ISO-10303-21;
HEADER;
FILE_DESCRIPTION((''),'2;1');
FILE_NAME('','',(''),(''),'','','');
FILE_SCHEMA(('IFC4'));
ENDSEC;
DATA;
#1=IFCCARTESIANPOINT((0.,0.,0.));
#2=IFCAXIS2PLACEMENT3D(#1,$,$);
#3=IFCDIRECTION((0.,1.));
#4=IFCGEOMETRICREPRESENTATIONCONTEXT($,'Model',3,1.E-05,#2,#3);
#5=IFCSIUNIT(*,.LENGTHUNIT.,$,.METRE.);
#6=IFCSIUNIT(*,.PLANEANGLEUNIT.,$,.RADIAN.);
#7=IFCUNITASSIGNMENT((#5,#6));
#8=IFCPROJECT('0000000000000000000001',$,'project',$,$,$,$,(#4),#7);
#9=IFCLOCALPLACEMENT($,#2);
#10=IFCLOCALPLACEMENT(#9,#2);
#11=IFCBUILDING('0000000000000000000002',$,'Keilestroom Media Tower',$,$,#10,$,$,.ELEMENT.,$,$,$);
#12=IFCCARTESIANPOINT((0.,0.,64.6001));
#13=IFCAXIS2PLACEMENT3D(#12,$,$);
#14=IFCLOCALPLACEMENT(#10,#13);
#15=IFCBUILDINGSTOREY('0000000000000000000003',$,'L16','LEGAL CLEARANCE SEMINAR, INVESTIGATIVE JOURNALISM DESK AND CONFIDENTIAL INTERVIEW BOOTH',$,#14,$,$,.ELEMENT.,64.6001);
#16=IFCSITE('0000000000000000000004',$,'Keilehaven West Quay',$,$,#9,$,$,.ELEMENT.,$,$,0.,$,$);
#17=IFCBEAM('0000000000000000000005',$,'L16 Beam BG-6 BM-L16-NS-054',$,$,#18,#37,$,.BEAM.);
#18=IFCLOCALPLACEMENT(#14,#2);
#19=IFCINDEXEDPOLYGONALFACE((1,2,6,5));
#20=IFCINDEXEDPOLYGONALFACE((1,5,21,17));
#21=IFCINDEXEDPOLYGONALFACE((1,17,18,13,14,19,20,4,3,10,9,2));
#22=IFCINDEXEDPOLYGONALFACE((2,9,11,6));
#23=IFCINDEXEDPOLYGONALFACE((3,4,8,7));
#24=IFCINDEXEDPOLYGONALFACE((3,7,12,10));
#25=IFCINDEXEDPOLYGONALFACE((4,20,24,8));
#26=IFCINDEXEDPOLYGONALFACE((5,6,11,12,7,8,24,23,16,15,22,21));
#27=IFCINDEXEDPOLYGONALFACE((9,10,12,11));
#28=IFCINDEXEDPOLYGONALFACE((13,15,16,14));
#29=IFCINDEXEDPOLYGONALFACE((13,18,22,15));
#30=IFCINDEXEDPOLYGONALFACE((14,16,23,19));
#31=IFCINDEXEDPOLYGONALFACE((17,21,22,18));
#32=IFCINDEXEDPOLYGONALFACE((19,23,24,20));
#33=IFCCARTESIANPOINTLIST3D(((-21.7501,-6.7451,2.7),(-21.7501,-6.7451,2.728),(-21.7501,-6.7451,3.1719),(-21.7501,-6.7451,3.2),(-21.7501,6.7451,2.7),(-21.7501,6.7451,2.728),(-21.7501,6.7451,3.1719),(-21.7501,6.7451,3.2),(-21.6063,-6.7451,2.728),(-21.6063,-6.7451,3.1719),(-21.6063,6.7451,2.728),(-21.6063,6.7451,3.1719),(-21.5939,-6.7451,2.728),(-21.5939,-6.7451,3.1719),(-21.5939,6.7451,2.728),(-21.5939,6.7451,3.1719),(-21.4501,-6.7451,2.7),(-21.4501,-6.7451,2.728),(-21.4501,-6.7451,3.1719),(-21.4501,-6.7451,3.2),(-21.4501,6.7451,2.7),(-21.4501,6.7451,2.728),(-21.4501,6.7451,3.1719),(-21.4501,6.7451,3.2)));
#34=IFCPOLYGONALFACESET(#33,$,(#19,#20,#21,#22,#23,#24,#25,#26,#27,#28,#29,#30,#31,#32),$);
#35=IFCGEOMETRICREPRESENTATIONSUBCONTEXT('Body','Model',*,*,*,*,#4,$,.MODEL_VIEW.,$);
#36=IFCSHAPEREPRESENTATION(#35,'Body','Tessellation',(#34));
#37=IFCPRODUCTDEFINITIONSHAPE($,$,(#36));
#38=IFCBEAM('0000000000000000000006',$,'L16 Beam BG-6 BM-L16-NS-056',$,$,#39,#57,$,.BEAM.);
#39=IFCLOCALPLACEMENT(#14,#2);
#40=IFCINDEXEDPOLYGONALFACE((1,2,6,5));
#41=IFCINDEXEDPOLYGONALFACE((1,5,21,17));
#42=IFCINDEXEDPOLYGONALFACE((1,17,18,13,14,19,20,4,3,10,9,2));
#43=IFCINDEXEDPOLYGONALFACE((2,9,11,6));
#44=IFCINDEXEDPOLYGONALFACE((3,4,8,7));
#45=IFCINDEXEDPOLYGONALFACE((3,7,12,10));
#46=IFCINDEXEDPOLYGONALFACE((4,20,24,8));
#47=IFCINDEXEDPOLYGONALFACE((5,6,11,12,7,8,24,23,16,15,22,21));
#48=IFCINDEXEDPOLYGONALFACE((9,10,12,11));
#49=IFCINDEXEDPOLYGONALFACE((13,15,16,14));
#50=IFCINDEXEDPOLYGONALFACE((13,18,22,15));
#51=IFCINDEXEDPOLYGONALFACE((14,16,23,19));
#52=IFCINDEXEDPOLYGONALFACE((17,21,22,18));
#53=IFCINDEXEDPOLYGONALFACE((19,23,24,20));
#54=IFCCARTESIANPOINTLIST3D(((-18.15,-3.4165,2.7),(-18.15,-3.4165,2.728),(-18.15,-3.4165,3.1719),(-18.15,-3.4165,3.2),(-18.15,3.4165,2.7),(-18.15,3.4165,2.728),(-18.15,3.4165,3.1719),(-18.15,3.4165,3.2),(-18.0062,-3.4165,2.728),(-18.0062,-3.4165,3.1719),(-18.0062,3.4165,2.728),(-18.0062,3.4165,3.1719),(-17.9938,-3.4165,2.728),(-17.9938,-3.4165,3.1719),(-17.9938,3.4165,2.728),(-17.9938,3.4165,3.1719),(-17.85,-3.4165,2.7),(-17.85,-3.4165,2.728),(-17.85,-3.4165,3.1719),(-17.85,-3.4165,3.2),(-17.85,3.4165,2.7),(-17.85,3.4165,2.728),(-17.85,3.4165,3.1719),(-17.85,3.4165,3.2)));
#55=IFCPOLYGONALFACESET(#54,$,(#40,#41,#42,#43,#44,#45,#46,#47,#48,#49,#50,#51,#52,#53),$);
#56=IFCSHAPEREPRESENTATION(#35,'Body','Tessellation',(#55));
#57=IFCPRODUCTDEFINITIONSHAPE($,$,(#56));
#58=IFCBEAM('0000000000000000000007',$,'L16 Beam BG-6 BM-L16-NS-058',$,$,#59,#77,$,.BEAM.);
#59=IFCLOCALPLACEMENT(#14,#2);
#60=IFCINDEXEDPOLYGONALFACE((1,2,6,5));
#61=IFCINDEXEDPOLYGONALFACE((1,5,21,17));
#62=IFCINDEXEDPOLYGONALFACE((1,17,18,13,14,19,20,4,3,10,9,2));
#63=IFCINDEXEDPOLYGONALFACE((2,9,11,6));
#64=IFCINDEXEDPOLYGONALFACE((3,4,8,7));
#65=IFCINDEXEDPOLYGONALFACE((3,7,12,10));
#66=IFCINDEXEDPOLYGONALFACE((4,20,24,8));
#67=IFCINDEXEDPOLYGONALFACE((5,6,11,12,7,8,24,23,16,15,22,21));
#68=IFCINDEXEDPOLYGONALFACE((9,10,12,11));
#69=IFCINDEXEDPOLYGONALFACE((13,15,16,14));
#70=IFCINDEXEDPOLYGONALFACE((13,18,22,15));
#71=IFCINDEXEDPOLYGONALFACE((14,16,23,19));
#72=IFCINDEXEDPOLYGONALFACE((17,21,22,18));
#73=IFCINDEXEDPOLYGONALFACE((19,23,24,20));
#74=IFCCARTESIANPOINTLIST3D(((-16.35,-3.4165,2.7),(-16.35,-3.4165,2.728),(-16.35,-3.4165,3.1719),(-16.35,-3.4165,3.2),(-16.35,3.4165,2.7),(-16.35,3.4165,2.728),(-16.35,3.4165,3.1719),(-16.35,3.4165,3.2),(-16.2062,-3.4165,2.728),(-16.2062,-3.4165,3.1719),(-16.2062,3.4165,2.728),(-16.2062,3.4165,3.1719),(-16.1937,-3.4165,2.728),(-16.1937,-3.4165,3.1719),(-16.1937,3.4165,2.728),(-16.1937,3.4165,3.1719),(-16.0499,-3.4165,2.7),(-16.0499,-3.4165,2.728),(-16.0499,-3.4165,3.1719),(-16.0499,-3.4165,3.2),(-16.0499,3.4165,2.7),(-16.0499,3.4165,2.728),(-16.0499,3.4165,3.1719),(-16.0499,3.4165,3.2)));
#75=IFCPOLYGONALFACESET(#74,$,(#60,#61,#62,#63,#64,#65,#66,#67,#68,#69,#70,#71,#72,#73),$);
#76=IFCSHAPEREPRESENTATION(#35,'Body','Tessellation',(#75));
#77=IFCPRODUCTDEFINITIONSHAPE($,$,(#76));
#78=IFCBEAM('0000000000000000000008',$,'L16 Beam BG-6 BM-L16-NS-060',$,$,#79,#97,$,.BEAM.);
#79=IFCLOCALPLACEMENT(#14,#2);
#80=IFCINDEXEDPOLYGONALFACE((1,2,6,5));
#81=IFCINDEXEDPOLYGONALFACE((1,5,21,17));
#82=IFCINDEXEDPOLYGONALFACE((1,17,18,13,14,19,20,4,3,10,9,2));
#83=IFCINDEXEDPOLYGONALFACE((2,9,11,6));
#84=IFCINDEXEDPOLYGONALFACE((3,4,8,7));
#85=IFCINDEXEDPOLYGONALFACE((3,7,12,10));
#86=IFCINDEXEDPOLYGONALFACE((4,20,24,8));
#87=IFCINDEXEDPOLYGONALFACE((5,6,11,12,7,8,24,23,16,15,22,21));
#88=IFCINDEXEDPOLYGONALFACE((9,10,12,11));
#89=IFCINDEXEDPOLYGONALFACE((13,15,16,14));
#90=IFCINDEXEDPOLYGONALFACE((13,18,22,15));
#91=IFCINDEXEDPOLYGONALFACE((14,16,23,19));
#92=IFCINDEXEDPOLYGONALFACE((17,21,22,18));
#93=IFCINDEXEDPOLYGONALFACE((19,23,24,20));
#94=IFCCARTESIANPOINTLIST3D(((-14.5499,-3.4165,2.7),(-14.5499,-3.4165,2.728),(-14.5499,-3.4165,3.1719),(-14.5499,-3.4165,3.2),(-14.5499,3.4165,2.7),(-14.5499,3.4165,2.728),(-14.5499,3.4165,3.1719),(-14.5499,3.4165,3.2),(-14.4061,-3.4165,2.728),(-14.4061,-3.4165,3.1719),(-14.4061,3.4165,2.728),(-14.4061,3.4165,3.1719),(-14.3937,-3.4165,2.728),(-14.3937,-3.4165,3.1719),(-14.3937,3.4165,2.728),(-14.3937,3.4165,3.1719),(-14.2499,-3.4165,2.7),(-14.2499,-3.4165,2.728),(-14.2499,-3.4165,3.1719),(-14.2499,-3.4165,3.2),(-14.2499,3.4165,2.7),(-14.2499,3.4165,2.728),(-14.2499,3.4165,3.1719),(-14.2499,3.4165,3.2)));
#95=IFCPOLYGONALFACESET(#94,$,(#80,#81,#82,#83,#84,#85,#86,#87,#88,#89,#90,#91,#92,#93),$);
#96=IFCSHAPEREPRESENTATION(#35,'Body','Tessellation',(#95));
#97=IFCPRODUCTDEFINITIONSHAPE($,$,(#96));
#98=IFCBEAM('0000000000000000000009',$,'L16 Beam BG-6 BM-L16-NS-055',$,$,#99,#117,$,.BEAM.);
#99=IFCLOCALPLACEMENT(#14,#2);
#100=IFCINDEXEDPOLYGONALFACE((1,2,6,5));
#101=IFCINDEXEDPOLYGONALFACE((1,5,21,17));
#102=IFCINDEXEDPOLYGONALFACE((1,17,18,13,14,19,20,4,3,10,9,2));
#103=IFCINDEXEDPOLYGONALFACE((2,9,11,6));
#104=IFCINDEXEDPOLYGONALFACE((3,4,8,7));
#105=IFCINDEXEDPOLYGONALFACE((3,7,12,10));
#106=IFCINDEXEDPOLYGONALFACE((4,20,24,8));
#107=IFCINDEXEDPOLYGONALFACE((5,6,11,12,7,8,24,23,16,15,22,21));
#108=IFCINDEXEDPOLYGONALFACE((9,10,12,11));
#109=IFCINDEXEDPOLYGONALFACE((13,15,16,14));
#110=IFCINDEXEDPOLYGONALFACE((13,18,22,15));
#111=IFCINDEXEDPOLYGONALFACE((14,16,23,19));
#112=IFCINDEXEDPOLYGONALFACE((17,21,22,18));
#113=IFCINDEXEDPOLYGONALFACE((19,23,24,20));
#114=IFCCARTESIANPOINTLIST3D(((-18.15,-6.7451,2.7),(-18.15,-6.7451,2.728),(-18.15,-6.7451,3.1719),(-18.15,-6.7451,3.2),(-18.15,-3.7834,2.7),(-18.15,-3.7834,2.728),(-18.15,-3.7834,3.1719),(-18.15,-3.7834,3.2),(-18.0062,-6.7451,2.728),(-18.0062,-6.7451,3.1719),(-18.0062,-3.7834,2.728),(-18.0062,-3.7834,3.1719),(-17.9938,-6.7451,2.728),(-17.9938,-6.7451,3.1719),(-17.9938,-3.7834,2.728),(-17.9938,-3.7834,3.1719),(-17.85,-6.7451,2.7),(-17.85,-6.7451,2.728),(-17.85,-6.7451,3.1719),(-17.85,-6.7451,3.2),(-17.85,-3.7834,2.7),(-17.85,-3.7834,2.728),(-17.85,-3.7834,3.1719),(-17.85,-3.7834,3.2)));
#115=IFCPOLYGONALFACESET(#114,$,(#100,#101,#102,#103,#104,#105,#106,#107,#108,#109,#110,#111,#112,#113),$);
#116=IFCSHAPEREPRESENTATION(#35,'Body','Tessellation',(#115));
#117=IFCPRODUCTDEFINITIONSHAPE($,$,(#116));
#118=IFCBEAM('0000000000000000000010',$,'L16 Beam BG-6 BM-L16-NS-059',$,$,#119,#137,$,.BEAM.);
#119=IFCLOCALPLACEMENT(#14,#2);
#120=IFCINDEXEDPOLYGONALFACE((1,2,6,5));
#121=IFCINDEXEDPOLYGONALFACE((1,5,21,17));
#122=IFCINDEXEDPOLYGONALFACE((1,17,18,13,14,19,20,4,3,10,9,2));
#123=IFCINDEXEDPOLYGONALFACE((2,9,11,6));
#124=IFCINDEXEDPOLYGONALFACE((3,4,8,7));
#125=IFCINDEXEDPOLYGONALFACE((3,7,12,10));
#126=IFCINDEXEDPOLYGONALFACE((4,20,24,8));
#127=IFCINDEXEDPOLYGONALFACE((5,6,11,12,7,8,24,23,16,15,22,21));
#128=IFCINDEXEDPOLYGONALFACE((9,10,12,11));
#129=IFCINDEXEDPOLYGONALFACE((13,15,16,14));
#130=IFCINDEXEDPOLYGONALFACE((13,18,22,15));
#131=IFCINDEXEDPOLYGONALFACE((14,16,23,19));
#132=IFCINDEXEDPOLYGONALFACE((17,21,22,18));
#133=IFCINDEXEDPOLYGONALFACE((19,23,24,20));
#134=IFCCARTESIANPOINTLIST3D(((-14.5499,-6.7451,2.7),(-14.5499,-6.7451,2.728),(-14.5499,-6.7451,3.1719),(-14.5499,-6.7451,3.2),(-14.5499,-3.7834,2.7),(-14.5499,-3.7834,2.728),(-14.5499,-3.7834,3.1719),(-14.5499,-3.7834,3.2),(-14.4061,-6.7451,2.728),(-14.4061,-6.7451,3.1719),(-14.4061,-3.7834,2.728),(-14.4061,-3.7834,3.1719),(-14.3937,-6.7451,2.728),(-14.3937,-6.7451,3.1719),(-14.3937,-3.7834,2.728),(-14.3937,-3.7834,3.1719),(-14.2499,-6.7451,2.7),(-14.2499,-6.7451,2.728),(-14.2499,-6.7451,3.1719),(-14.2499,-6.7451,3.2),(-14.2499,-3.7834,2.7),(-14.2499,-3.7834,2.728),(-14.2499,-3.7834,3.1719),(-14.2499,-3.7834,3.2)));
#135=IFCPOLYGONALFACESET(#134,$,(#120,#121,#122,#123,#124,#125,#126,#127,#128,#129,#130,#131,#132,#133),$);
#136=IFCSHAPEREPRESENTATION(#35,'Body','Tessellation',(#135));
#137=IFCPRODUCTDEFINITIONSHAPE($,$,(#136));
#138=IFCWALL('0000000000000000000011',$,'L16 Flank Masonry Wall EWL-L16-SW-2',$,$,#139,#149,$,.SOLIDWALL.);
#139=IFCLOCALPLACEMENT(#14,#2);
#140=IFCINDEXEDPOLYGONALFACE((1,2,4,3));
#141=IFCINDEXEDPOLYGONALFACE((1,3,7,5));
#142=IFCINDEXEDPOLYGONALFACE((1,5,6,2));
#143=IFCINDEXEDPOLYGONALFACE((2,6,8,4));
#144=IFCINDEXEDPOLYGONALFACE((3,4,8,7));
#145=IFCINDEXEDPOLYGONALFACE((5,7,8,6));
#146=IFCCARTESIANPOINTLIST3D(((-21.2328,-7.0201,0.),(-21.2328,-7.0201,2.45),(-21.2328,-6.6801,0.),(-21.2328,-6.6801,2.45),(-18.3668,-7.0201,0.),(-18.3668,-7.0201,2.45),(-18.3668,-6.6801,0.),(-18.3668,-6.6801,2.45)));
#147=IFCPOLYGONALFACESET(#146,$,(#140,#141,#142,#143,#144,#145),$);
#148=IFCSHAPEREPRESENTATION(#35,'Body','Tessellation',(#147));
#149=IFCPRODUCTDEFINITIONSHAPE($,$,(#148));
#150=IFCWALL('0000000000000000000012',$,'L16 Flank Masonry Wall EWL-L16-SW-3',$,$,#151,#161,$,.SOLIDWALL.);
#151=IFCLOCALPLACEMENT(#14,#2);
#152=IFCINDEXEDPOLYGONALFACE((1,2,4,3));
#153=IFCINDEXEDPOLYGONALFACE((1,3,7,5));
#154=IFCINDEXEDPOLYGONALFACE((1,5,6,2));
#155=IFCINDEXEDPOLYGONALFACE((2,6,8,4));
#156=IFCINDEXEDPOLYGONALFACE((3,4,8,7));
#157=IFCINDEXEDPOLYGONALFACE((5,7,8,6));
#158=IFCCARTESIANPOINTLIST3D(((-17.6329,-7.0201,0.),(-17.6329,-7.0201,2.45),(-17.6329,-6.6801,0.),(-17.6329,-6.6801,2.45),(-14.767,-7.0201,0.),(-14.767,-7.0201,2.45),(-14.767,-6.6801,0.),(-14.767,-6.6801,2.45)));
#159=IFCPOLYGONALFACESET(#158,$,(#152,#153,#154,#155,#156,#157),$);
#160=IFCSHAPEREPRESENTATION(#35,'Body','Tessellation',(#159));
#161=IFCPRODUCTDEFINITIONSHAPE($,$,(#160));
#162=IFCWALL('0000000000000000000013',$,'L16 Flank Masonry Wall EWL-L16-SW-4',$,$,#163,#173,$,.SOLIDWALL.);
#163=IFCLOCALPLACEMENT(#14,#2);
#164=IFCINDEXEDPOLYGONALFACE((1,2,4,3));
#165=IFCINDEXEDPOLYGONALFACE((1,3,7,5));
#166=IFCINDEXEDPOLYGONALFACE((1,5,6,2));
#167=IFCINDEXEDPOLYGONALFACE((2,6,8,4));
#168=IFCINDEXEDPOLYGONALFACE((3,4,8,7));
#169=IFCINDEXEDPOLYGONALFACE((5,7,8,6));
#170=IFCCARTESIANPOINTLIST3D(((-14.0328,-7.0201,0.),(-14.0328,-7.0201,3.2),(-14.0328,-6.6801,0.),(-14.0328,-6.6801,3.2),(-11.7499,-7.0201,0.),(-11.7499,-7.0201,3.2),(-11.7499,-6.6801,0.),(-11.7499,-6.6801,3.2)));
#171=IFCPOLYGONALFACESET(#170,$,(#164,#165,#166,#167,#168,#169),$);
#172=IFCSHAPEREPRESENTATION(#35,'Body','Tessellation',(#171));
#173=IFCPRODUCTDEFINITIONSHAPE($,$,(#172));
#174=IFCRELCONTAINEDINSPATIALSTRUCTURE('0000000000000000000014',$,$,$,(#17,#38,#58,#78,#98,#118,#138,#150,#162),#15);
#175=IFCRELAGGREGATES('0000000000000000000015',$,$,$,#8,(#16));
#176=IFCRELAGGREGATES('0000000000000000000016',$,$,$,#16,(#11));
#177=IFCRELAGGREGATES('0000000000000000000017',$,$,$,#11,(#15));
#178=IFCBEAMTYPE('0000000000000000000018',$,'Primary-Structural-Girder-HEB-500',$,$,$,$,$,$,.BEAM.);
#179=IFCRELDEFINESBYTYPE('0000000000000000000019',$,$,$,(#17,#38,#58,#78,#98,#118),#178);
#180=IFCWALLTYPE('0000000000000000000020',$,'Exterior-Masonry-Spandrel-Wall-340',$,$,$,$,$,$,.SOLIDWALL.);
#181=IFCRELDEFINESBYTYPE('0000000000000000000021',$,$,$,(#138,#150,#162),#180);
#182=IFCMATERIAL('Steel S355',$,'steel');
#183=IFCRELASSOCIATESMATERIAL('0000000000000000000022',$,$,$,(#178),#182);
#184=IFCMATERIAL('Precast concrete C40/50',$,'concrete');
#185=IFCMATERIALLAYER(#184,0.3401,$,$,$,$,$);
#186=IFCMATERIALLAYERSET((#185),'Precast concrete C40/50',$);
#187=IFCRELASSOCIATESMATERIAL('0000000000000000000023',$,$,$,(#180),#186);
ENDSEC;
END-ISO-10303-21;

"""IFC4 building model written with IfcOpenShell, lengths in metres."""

from ifc_helpers import new_model, si_unit, direction, frame, frame_2d, origin, origin_2d, place, context, subcontext, project, spatial, rectangle, i_section, extrude, source, transform, mapped, material, layer, layer_set, material_profile, profile_set, type_object, element, save


model = new_model("IFC4")

# Units and contexts
model_context = context("Model", 3, precision=1e-05, world=origin(), true_north=direction((0.0, 1.0)))
body_context = subcontext(model_context, "Body", "Model", "MODEL_VIEW")
ifc_project = project(units=[si_unit("LENGTHUNIT", "METRE"), si_unit("PLANEANGLEUNIT", "RADIAN")], contexts=[model_context])

# Site, building, storey
site_placement = place(None, origin())
site = spatial("IfcSite", under=ifc_project, at=site_placement, Name="Keilehaven West Quay", CompositionType="ELEMENT", RefElevation=0.0)
building_placement = place(site_placement, origin())
building = spatial("IfcBuilding", under=site, at=building_placement, Name="Keilestroom Media Tower", CompositionType="ELEMENT")
storey_placement = place(building_placement, frame((0.0, 0.0, 64.6001)))
storey = spatial("IfcBuildingStorey", under=building, at=storey_placement, Name="L16", Description="LEGAL CLEARANCE SEMINAR, INVESTIGATIVE JOURNALISM DESK AND CONFIDENTIAL INTERVIEW BOOTH", CompositionType="ELEMENT", Elevation=64.6001)

# Shared definitions
ifc_material_1 = material(Name="Precast concrete C40/50", Category="concrete")

# Beams
ifc_material_2 = material(Name="Steel S355", Category="steel")
ifc_material_profile_1 = material_profile(ifc_material_2, i_section(OverallWidth=0.3, OverallDepth=0.5, WebThickness=0.0125, FlangeThickness=0.0281, at=origin_2d()), Name="HEB 500")
ifc_profile_set_1 = profile_set([ifc_material_profile_1], Name="Steel S355")
beam_type_1 = type_object("IfcBeamType", Name="Primary-Structural-Girder-HEB-500", PredefinedType="BEAM", material=ifc_profile_set_1)
shared_shape_1 = source(origin(), body_context, "Body", "SweptSolid", [
    extrude(i_section(OverallWidth=0.3, OverallDepth=0.5, WebThickness=0.0125, FlangeThickness=0.0281, at=origin_2d()), origin(), (0.0, 0.0, 1.0), 13.4902),
])
beam_placement = place(storey_placement, frame((-21.6001, -6.7451, 2.95), z_axis=(0.0, 1.0, 0.0), x_axis=(-1.0, 0.0, 0.0)))
element("IfcBeam", 1, at=beam_placement, inside=storey, type_object=beam_type_1, Name="L16 Beam BG-6 BM-L16-NS-054", PredefinedType="BEAM", context=body_context, shape_type="MappedRepresentation", body=[
    mapped(shared_shape_1, transform((0.0, 0.0, 0.0), x_axis=(1.0, 0.0, 0.0), y_axis=(0.0, 1.0, 0.0), z_axis=(0.0, 0.0, 1.0), scale=1.0)),
])
shared_shape_2 = source(origin(), body_context, "Body", "SweptSolid", [
    extrude(i_section(OverallWidth=0.3, OverallDepth=0.5, WebThickness=0.0125, FlangeThickness=0.0281, at=origin_2d()), origin(), (0.0, 0.0, 1.0), 6.833),
])
for number, where, z_axis, x_axis, name in (
    (2, (-18.0, -3.4165, 2.95), (0.0, 1.0, 0.0), (-1.0, 0.0, 0.0), "L16 Beam BG-6 BM-L16-NS-056"),
    (3, (-16.2, -3.4165, 2.95), (0.0, 1.0, 0.0), (-1.0, 0.0, 0.0), "L16 Beam BG-6 BM-L16-NS-058"),
    (4, (-14.3999, -3.4165, 2.95), (0.0, 1.0, 0.0), (-1.0, 0.0, 0.0), "L16 Beam BG-6 BM-L16-NS-060"),
):
    element("IfcBeam", number, at=place(storey_placement, frame(where, z_axis=z_axis, x_axis=x_axis)), inside=storey, type_object=beam_type_1, Name=name, PredefinedType="BEAM", context=body_context, shape_type="MappedRepresentation", body=[
        mapped(shared_shape_2, transform((0.0, 0.0, 0.0), x_axis=(1.0, 0.0, 0.0), y_axis=(0.0, 1.0, 0.0), z_axis=(0.0, 0.0, 1.0), scale=1.0)),
    ])
shared_shape_3 = source(origin(), body_context, "Body", "SweptSolid", [
    extrude(i_section(OverallWidth=0.3, OverallDepth=0.5, WebThickness=0.0125, FlangeThickness=0.0281, at=origin_2d()), origin(), (0.0, 0.0, 1.0), 2.9617),
])
for number, where, z_axis, x_axis, name in (
    (5, (-18.0, -6.7451, 2.95), (0.0, 1.0, 0.0), (-1.0, 0.0, 0.0), "L16 Beam BG-6 BM-L16-NS-055"),
    (6, (-14.3999, -6.7451, 2.95), (0.0, 1.0, 0.0), (-1.0, 0.0, 0.0), "L16 Beam BG-6 BM-L16-NS-059"),
):
    element("IfcBeam", number, at=place(storey_placement, frame(where, z_axis=z_axis, x_axis=x_axis)), inside=storey, type_object=beam_type_1, Name=name, PredefinedType="BEAM", context=body_context, shape_type="MappedRepresentation", body=[
        mapped(shared_shape_3, transform((0.0, 0.0, 0.0), x_axis=(1.0, 0.0, 0.0), y_axis=(0.0, 1.0, 0.0), z_axis=(0.0, 0.0, 1.0), scale=1.0)),
    ])

# Walls
ifc_layer_1 = layer(ifc_material_1, 0.3401)
ifc_layer_set_1 = layer_set([ifc_layer_1], Name="Precast concrete C40/50")
wall_type_1 = type_object("IfcWallType", Name="Exterior-Masonry-Spandrel-Wall-340", PredefinedType="SOLIDWALL", material=ifc_layer_set_1)
for number, where, z_axis, x_axis, name in (
    (7, (-21.2329, -6.8501, 0.0), (0.0, 0.0, 1.0), (1.0, 0.0, 0.0), "L16 Flank Masonry Wall EWL-L16-SW-2"),
    (8, (-17.6331, -6.8501, 0.0), (0.0, 0.0, 1.0), (1.0, 0.0, 0.0), "L16 Flank Masonry Wall EWL-L16-SW-3"),
):
    element("IfcWall", number, at=place(storey_placement, frame(where, z_axis=z_axis, x_axis=x_axis)), inside=storey, type_object=wall_type_1, Name=name, PredefinedType="SOLIDWALL", context=body_context, shape_type="SweptSolid", body=[
        extrude(rectangle(XDim=2.866, YDim=0.3401, at=frame_2d((1.4331, 0.0))), origin(), (0.0, 0.0, 1.0), 2.45),
    ])
wall_1_placement = place(storey_placement, frame((-14.033, -6.8501, 0.0), z_axis=(0.0, 0.0, 1.0), x_axis=(1.0, 0.0, 0.0)))
element("IfcWall", 9, at=wall_1_placement, inside=storey, type_object=wall_type_1, Name="L16 Flank Masonry Wall EWL-L16-SW-4", PredefinedType="SOLIDWALL", context=body_context, shape_type="SweptSolid", body=[
    extrude(rectangle(XDim=2.283, YDim=0.3401, at=frame_2d((1.1416, 0.0))), origin(), (0.0, 0.0, 1.0), 3.2),
])

save(model, "model.ifc")
